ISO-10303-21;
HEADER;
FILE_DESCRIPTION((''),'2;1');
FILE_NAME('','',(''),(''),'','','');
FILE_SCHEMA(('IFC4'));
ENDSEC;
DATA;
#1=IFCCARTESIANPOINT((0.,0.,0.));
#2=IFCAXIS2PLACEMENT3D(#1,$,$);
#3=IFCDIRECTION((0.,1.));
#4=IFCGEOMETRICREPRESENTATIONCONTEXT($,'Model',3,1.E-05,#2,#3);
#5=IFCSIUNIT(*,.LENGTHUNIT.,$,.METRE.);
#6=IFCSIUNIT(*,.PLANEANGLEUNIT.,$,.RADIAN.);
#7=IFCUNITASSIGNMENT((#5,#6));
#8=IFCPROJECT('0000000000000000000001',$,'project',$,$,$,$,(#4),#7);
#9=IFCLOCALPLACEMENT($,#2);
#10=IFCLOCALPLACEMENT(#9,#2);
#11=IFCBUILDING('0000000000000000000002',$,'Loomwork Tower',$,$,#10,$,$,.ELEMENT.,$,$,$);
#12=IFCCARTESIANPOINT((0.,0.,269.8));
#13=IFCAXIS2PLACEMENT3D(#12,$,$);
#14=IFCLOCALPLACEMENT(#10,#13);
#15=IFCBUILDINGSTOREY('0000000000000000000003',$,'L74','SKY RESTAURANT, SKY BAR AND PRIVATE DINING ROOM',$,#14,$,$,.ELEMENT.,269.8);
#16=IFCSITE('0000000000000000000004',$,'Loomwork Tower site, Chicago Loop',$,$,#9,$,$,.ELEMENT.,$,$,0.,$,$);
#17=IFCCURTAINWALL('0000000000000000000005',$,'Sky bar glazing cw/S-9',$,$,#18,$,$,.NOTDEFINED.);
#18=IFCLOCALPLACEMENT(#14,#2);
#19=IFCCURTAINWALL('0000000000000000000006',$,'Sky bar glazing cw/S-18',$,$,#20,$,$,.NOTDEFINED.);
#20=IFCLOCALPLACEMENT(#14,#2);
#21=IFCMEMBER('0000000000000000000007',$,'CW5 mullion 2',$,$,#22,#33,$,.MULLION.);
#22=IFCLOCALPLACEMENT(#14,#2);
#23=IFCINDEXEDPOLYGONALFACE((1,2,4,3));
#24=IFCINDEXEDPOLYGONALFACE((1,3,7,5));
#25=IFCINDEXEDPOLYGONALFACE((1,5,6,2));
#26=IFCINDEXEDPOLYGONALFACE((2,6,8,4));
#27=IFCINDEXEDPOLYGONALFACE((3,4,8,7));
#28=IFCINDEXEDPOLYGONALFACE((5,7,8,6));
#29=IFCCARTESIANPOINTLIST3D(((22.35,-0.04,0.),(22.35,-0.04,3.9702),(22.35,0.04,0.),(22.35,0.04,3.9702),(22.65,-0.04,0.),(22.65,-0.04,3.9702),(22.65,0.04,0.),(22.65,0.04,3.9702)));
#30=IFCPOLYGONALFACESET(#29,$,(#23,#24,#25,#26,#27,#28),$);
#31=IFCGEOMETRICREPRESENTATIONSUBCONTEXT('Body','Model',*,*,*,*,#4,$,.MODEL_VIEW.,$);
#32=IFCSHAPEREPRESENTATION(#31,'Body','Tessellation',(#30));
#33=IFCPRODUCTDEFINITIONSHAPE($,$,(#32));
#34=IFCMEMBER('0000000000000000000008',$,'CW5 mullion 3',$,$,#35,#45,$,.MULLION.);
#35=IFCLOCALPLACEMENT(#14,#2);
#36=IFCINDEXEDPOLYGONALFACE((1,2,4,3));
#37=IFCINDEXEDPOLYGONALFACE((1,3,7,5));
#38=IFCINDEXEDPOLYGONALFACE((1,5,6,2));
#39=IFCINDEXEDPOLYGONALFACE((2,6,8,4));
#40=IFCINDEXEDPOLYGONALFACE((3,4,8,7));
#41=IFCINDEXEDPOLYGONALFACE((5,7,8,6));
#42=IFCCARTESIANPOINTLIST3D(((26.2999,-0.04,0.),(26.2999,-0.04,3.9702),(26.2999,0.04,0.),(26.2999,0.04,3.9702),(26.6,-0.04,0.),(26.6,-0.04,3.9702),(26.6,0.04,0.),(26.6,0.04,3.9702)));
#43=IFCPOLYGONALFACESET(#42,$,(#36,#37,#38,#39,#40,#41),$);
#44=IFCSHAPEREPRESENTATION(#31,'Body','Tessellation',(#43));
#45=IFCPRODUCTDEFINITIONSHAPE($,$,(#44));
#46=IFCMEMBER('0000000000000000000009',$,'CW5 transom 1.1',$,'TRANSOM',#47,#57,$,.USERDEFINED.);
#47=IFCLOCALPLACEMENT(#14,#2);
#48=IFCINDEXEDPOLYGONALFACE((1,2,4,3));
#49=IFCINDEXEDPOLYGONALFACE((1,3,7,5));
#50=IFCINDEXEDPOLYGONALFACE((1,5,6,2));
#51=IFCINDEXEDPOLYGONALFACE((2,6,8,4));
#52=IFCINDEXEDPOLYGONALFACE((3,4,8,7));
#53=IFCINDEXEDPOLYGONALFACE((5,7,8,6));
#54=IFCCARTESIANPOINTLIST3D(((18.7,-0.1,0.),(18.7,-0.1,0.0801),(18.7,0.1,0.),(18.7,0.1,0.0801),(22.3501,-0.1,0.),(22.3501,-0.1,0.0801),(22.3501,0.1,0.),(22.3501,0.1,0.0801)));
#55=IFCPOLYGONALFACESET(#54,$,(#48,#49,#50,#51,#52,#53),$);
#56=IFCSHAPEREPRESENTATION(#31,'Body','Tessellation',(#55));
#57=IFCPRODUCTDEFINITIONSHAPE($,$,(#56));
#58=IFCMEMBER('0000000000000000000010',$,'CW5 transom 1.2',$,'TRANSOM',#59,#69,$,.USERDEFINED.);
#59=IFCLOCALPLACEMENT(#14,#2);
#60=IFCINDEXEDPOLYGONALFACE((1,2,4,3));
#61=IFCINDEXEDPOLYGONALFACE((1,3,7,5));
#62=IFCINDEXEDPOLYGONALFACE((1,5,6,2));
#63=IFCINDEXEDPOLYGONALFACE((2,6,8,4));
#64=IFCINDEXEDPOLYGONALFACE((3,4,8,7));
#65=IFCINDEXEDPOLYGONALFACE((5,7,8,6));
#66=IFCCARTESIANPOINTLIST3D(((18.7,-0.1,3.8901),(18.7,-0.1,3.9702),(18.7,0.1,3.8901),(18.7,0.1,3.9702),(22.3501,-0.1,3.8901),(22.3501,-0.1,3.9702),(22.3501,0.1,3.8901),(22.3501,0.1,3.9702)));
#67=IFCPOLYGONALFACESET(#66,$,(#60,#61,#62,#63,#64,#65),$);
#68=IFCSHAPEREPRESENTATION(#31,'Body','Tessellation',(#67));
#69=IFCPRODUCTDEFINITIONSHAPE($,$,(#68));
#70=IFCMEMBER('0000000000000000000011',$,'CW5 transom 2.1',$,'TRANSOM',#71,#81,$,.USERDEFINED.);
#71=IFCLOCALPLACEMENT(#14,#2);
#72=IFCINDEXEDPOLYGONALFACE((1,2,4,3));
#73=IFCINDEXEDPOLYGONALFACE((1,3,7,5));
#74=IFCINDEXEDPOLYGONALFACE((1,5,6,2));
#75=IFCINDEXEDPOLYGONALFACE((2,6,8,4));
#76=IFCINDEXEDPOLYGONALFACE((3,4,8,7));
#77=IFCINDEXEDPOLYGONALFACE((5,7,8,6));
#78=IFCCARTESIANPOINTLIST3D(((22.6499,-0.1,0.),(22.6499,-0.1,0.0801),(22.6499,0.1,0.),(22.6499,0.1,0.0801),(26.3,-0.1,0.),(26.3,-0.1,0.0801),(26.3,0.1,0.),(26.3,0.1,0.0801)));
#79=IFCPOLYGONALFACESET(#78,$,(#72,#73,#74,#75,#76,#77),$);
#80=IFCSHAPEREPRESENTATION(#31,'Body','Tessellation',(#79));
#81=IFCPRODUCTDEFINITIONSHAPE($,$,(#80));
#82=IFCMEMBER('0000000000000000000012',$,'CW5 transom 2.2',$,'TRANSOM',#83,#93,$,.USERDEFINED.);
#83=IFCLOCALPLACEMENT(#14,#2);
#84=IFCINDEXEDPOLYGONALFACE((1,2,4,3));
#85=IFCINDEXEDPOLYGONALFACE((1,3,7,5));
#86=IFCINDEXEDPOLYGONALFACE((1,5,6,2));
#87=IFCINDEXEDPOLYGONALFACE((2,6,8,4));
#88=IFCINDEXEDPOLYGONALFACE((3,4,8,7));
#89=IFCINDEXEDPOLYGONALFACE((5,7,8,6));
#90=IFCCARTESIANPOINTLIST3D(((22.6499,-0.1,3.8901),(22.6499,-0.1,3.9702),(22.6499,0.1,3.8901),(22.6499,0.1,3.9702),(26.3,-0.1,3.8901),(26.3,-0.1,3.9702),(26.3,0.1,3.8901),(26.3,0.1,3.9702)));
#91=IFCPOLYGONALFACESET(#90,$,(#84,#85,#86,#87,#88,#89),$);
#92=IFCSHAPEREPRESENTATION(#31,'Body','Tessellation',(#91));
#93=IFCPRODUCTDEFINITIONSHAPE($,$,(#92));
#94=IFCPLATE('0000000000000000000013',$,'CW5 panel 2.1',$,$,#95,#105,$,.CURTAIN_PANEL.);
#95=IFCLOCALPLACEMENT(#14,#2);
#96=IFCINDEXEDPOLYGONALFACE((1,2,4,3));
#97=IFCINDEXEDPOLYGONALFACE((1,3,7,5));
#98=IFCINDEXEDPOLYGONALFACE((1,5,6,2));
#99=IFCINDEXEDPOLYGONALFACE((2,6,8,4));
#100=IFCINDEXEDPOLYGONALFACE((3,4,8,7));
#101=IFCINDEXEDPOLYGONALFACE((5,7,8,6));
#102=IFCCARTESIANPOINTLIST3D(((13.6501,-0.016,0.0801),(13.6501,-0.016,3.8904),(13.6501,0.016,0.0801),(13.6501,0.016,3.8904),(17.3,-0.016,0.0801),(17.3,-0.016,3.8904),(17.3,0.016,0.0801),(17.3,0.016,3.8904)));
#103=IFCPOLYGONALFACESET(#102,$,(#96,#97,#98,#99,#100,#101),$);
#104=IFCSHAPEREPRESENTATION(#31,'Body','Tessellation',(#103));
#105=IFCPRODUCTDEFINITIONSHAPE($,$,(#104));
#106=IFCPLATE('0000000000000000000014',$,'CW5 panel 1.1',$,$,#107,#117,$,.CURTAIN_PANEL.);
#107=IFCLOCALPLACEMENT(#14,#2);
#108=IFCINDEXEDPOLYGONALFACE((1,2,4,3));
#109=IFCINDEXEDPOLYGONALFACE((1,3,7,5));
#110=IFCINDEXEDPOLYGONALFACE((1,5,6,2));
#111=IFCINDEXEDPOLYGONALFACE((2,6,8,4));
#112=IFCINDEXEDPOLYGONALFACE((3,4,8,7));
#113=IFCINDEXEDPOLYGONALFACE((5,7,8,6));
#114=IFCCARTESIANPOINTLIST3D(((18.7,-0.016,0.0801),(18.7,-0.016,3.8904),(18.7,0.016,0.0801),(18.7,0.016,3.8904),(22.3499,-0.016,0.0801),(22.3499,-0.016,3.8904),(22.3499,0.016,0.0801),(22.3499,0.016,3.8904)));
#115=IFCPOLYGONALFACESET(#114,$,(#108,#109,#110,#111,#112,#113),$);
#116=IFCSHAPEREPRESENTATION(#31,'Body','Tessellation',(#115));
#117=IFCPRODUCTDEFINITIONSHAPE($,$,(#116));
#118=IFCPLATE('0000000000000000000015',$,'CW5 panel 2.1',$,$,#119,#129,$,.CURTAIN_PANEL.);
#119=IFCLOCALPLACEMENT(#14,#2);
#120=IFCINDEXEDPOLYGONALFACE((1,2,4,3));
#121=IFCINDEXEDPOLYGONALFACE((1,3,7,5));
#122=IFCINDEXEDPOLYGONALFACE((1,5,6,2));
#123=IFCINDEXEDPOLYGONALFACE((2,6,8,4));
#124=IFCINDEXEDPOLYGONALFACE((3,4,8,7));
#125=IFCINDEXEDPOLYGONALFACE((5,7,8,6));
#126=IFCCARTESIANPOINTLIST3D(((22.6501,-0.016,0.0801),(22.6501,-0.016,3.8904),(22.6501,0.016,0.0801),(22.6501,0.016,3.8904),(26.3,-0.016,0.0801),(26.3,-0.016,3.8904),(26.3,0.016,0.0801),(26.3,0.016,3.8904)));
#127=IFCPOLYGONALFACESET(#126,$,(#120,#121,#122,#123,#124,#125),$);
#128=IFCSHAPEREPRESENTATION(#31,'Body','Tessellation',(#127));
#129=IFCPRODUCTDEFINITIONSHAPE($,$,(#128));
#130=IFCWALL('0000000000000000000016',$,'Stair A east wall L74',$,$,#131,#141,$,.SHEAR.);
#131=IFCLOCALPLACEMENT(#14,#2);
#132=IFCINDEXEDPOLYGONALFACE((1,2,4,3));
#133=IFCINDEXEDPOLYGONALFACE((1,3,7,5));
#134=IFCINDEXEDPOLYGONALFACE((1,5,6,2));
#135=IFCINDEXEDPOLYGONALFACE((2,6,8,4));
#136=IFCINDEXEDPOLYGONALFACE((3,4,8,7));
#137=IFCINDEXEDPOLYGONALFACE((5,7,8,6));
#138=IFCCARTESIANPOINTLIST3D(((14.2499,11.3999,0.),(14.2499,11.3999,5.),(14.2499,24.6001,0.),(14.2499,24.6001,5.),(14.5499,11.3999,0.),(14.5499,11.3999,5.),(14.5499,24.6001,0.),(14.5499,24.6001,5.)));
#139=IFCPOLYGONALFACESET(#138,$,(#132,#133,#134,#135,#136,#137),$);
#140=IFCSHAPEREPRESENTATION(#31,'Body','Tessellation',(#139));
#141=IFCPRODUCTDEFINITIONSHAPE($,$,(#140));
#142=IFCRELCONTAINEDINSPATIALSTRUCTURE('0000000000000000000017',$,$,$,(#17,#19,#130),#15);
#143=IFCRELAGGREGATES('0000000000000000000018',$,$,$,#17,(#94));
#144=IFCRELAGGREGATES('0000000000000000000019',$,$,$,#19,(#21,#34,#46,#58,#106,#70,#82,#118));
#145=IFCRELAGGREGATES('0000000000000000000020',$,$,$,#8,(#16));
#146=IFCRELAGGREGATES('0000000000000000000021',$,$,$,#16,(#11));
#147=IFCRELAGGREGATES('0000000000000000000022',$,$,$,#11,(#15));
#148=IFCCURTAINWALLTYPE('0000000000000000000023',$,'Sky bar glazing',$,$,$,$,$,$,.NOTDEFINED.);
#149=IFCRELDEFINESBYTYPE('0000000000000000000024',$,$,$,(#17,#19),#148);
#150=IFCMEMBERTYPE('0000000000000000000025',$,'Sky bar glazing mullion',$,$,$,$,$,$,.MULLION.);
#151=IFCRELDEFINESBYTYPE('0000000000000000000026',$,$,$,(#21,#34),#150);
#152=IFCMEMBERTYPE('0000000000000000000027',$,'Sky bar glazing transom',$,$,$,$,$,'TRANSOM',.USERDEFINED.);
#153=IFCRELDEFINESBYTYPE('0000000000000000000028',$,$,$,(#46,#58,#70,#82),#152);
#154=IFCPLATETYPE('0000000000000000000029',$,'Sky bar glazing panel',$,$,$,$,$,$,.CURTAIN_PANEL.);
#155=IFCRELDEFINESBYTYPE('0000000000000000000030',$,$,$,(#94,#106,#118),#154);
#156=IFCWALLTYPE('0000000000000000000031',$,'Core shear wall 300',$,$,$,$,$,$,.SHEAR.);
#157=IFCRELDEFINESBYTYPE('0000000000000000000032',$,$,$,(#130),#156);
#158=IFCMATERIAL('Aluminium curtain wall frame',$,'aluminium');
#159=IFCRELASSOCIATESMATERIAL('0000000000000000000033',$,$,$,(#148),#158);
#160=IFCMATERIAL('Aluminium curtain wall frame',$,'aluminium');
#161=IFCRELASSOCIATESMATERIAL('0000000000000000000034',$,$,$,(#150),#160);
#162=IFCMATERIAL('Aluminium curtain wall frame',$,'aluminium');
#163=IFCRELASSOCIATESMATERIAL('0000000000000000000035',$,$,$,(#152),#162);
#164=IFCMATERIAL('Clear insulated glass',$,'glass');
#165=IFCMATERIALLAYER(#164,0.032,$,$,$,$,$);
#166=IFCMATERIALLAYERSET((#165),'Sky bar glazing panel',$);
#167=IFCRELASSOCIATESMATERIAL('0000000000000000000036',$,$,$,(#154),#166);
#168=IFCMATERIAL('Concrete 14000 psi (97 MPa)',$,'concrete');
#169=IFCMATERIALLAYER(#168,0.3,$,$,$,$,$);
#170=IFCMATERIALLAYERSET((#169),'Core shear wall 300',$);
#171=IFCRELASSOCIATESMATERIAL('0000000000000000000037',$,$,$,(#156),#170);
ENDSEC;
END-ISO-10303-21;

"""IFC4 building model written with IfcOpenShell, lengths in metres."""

from ifc_helpers import new_model, si_unit, direction, frame, frame_2d, origin, origin_2d, place, context, subcontext, project, spatial, rectangle, extrude, material, layer, layer_set, material_profile, profile_set, type_object, element, aggregate, save


model = new_model("IFC4")

# Units and contexts
model_context = context("Model", 3, precision=1e-05, world=origin(), true_north=direction((0.0, 1.0)))
body_context = subcontext(model_context, "Body", "Model", "MODEL_VIEW")
ifc_project = project(units=[si_unit("LENGTHUNIT", "METRE"), si_unit("PLANEANGLEUNIT", "RADIAN")], contexts=[model_context])

# Site, building, storey
site_placement = place(None, origin())
site = spatial("IfcSite", under=ifc_project, at=site_placement, Name="Loomwork Tower site, Chicago Loop", CompositionType="ELEMENT", RefElevation=0.0)
building_placement = place(site_placement, origin())
building = spatial("IfcBuilding", under=site, at=building_placement, Name="Loomwork Tower", CompositionType="ELEMENT")
storey_placement = place(building_placement, frame((0.0, 0.0, 269.8)))
storey = spatial("IfcBuildingStorey", under=building, at=storey_placement, Name="L74", Description="SKY RESTAURANT, SKY BAR AND PRIVATE DINING ROOM", CompositionType="ELEMENT", Elevation=269.8)

# Curtain wall
ifc_material_1 = material(Name="Aluminium curtain wall frame", Category="aluminium")
curtain_wall_type = type_object("IfcCurtainWallType", Name="Sky bar glazing", PredefinedType="NOTDEFINED", material=ifc_material_1)
curtain_wall_1_placement = place(storey_placement, origin())
curtain_wall_1 = element("IfcCurtainWall", 1, at=curtain_wall_1_placement, inside=storey, type_object=curtain_wall_type, Name="Sky bar glazing cw/S-9", PredefinedType="NOTDEFINED")
ifc_material_2 = material(Name="Aluminium curtain wall frame", Category="aluminium")
ifc_material_profile_1 = material_profile(ifc_material_2, rectangle(XDim=0.0801, YDim=0.3, at=origin_2d()), Name="AL 80x300")
ifc_profile_set_1 = profile_set([ifc_material_profile_1], Name="Aluminium curtain wall frame")
member_type_1 = type_object("IfcMemberType", Name="Sky bar glazing mullion", PredefinedType="MULLION", material=ifc_profile_set_1)

# Curtain wall, members
curtain_wall_2_placement = place(storey_placement, origin())
curtain_wall_2 = element("IfcCurtainWall", 2, at=curtain_wall_2_placement, inside=storey, type_object=curtain_wall_type, Name="Sky bar glazing cw/S-18", PredefinedType="NOTDEFINED")
member_1_placement = place(storey_placement, frame((22.5, 0.0, 0.0), z_axis=(0.0, 0.0, 1.0), x_axis=(0.0, 1.0, 0.0)))
member_1 = element("IfcMember", 3, at=member_1_placement, type_object=member_type_1, Name="CW5 mullion 2", PredefinedType="MULLION", context=body_context, shape_type="SweptSolid", body=[
    extrude(rectangle(XDim=0.0801, YDim=0.3, at=origin_2d()), origin(), (0.0, 0.0, 1.0), 3.9702),
])
member_2_placement = place(storey_placement, frame((26.45, 0.0, 0.0), z_axis=(0.0, 0.0, 1.0), x_axis=(0.0, 1.0, 0.0)))
member_2 = element("IfcMember", 4, at=member_2_placement, type_object=member_type_1, Name="CW5 mullion 3", PredefinedType="MULLION", context=body_context, shape_type="SweptSolid", body=[
    extrude(rectangle(XDim=0.0801, YDim=0.3, at=origin_2d()), origin(), (0.0, 0.0, 1.0), 3.9702),
])
ifc_material_3 = material(Name="Aluminium curtain wall frame", Category="aluminium")
ifc_material_profile_2 = material_profile(ifc_material_3, rectangle(XDim=0.2, YDim=0.0801, at=origin_2d()), Name="AL 80x200")
ifc_profile_set_2 = profile_set([ifc_material_profile_2], Name="Aluminium curtain wall frame")
member_type_2 = type_object("IfcMemberType", Name="Sky bar glazing transom", ElementType="TRANSOM", PredefinedType="USERDEFINED", material=ifc_profile_set_2)
member_3_placement = place(storey_placement, frame((18.7, 0.0, 0.04), z_axis=(1.0, 0.0, 0.0), x_axis=(0.0, 1.0, 0.0)))
member_3 = element("IfcMember", 5, at=member_3_placement, type_object=member_type_2, Name="CW5 transom 1.1", ObjectType="TRANSOM", PredefinedType="USERDEFINED", context=body_context, shape_type="SweptSolid", body=[
    extrude(rectangle(XDim=0.2, YDim=0.0801, at=origin_2d()), origin(), (0.0, 0.0, 1.0), 3.6501),
])
member_4_placement = place(storey_placement, frame((18.7, 0.0, 3.9302), z_axis=(1.0, 0.0, 0.0), x_axis=(0.0, 1.0, 0.0)))
member_4 = element("IfcMember", 6, at=member_4_placement, type_object=member_type_2, Name="CW5 transom 1.2", ObjectType="TRANSOM", PredefinedType="USERDEFINED", context=body_context, shape_type="SweptSolid", body=[
    extrude(rectangle(XDim=0.2, YDim=0.0801, at=origin_2d()), origin(), (0.0, 0.0, 1.0), 3.6501),
])
member_5_placement = place(storey_placement, frame((22.6499, 0.0, 0.04), z_axis=(1.0, 0.0, 0.0), x_axis=(0.0, 1.0, 0.0)))
member_5 = element("IfcMember", 7, at=member_5_placement, type_object=member_type_2, Name="CW5 transom 2.1", ObjectType="TRANSOM", PredefinedType="USERDEFINED", context=body_context, shape_type="SweptSolid", body=[
    extrude(rectangle(XDim=0.2, YDim=0.0801, at=origin_2d()), origin(), (0.0, 0.0, 1.0), 3.6501),
])
member_6_placement = place(storey_placement, frame((22.6499, 0.0, 3.9302), z_axis=(1.0, 0.0, 0.0), x_axis=(0.0, 1.0, 0.0)))
member_6 = element("IfcMember", 8, at=member_6_placement, type_object=member_type_2, Name="CW5 transom 2.2", ObjectType="TRANSOM", PredefinedType="USERDEFINED", context=body_context, shape_type="SweptSolid", body=[
    extrude(rectangle(XDim=0.2, YDim=0.0801, at=origin_2d()), origin(), (0.0, 0.0, 1.0), 3.6501),
])

# Plates
ifc_material_4 = material(Name="Clear insulated glass", Category="glass")
ifc_layer_1 = layer(ifc_material_4, 0.032)
ifc_layer_set_1 = layer_set([ifc_layer_1], Name="Sky bar glazing panel")
plate_type = type_object("IfcPlateType", Name="Sky bar glazing panel", PredefinedType="CURTAIN_PANEL", material=ifc_layer_set_1)
plate_1_placement = place(storey_placement, frame((15.4751, 0.0, 0.0801), z_axis=(0.0, 0.0, 1.0), x_axis=(1.0, 0.0, 0.0)))
plate_1 = element("IfcPlate", 9, at=plate_1_placement, type_object=plate_type, Name="CW5 panel 2.1", PredefinedType="CURTAIN_PANEL", context=body_context, shape_type="SweptSolid", body=[
    extrude(rectangle(XDim=3.6499, YDim=0.032, at=origin_2d()), origin(), (0.0, 0.0, 1.0), 3.8103),
])
aggregate(curtain_wall_1, [plate_1])
plate_2_placement = place(storey_placement, frame((20.5249, 0.0, 0.0801), z_axis=(0.0, 0.0, 1.0), x_axis=(1.0, 0.0, 0.0)))
plate_2 = element("IfcPlate", 10, at=plate_2_placement, type_object=plate_type, Name="CW5 panel 1.1", PredefinedType="CURTAIN_PANEL", context=body_context, shape_type="SweptSolid", body=[
    extrude(rectangle(XDim=3.6499, YDim=0.032, at=origin_2d()), origin(), (0.0, 0.0, 1.0), 3.8103),
])
plate_3_placement = place(storey_placement, frame((24.4751, 0.0, 0.0801), z_axis=(0.0, 0.0, 1.0), x_axis=(1.0, 0.0, 0.0)))
plate_3 = element("IfcPlate", 11, at=plate_3_placement, type_object=plate_type, Name="CW5 panel 2.1", PredefinedType="CURTAIN_PANEL", context=body_context, shape_type="SweptSolid", body=[
    extrude(rectangle(XDim=3.6499, YDim=0.032, at=origin_2d()), origin(), (0.0, 0.0, 1.0), 3.8103),
])
aggregate(curtain_wall_2, [member_1, member_2, member_3, member_4, plate_2, member_5, member_6, plate_3])

# Wall
ifc_material_5 = material(Name="Concrete 14000 psi (97 MPa)", Category="concrete")
ifc_layer_2 = layer(ifc_material_5, 0.3)
ifc_layer_set_2 = layer_set([ifc_layer_2], Name="Core shear wall 300")
wall_type_1 = type_object("IfcWallType", Name="Core shear wall 300", PredefinedType="SHEAR", material=ifc_layer_set_2)
wall_1_placement = place(storey_placement, frame((14.3999, 11.3999, 0.0), z_axis=(0.0, 0.0, 1.0), x_axis=(0.0, 1.0, 0.0)))
element("IfcWall", 12, at=wall_1_placement, inside=storey, type_object=wall_type_1, Name="Stair A east wall L74", PredefinedType="SHEAR", context=body_context, shape_type="SweptSolid", body=[
    extrude(rectangle(XDim=13.2002, YDim=0.3, at=frame_2d((6.6001, 0.0))), origin(), (0.0, 0.0, 1.0), 5.0),
])

save(model, "model.ifc")
